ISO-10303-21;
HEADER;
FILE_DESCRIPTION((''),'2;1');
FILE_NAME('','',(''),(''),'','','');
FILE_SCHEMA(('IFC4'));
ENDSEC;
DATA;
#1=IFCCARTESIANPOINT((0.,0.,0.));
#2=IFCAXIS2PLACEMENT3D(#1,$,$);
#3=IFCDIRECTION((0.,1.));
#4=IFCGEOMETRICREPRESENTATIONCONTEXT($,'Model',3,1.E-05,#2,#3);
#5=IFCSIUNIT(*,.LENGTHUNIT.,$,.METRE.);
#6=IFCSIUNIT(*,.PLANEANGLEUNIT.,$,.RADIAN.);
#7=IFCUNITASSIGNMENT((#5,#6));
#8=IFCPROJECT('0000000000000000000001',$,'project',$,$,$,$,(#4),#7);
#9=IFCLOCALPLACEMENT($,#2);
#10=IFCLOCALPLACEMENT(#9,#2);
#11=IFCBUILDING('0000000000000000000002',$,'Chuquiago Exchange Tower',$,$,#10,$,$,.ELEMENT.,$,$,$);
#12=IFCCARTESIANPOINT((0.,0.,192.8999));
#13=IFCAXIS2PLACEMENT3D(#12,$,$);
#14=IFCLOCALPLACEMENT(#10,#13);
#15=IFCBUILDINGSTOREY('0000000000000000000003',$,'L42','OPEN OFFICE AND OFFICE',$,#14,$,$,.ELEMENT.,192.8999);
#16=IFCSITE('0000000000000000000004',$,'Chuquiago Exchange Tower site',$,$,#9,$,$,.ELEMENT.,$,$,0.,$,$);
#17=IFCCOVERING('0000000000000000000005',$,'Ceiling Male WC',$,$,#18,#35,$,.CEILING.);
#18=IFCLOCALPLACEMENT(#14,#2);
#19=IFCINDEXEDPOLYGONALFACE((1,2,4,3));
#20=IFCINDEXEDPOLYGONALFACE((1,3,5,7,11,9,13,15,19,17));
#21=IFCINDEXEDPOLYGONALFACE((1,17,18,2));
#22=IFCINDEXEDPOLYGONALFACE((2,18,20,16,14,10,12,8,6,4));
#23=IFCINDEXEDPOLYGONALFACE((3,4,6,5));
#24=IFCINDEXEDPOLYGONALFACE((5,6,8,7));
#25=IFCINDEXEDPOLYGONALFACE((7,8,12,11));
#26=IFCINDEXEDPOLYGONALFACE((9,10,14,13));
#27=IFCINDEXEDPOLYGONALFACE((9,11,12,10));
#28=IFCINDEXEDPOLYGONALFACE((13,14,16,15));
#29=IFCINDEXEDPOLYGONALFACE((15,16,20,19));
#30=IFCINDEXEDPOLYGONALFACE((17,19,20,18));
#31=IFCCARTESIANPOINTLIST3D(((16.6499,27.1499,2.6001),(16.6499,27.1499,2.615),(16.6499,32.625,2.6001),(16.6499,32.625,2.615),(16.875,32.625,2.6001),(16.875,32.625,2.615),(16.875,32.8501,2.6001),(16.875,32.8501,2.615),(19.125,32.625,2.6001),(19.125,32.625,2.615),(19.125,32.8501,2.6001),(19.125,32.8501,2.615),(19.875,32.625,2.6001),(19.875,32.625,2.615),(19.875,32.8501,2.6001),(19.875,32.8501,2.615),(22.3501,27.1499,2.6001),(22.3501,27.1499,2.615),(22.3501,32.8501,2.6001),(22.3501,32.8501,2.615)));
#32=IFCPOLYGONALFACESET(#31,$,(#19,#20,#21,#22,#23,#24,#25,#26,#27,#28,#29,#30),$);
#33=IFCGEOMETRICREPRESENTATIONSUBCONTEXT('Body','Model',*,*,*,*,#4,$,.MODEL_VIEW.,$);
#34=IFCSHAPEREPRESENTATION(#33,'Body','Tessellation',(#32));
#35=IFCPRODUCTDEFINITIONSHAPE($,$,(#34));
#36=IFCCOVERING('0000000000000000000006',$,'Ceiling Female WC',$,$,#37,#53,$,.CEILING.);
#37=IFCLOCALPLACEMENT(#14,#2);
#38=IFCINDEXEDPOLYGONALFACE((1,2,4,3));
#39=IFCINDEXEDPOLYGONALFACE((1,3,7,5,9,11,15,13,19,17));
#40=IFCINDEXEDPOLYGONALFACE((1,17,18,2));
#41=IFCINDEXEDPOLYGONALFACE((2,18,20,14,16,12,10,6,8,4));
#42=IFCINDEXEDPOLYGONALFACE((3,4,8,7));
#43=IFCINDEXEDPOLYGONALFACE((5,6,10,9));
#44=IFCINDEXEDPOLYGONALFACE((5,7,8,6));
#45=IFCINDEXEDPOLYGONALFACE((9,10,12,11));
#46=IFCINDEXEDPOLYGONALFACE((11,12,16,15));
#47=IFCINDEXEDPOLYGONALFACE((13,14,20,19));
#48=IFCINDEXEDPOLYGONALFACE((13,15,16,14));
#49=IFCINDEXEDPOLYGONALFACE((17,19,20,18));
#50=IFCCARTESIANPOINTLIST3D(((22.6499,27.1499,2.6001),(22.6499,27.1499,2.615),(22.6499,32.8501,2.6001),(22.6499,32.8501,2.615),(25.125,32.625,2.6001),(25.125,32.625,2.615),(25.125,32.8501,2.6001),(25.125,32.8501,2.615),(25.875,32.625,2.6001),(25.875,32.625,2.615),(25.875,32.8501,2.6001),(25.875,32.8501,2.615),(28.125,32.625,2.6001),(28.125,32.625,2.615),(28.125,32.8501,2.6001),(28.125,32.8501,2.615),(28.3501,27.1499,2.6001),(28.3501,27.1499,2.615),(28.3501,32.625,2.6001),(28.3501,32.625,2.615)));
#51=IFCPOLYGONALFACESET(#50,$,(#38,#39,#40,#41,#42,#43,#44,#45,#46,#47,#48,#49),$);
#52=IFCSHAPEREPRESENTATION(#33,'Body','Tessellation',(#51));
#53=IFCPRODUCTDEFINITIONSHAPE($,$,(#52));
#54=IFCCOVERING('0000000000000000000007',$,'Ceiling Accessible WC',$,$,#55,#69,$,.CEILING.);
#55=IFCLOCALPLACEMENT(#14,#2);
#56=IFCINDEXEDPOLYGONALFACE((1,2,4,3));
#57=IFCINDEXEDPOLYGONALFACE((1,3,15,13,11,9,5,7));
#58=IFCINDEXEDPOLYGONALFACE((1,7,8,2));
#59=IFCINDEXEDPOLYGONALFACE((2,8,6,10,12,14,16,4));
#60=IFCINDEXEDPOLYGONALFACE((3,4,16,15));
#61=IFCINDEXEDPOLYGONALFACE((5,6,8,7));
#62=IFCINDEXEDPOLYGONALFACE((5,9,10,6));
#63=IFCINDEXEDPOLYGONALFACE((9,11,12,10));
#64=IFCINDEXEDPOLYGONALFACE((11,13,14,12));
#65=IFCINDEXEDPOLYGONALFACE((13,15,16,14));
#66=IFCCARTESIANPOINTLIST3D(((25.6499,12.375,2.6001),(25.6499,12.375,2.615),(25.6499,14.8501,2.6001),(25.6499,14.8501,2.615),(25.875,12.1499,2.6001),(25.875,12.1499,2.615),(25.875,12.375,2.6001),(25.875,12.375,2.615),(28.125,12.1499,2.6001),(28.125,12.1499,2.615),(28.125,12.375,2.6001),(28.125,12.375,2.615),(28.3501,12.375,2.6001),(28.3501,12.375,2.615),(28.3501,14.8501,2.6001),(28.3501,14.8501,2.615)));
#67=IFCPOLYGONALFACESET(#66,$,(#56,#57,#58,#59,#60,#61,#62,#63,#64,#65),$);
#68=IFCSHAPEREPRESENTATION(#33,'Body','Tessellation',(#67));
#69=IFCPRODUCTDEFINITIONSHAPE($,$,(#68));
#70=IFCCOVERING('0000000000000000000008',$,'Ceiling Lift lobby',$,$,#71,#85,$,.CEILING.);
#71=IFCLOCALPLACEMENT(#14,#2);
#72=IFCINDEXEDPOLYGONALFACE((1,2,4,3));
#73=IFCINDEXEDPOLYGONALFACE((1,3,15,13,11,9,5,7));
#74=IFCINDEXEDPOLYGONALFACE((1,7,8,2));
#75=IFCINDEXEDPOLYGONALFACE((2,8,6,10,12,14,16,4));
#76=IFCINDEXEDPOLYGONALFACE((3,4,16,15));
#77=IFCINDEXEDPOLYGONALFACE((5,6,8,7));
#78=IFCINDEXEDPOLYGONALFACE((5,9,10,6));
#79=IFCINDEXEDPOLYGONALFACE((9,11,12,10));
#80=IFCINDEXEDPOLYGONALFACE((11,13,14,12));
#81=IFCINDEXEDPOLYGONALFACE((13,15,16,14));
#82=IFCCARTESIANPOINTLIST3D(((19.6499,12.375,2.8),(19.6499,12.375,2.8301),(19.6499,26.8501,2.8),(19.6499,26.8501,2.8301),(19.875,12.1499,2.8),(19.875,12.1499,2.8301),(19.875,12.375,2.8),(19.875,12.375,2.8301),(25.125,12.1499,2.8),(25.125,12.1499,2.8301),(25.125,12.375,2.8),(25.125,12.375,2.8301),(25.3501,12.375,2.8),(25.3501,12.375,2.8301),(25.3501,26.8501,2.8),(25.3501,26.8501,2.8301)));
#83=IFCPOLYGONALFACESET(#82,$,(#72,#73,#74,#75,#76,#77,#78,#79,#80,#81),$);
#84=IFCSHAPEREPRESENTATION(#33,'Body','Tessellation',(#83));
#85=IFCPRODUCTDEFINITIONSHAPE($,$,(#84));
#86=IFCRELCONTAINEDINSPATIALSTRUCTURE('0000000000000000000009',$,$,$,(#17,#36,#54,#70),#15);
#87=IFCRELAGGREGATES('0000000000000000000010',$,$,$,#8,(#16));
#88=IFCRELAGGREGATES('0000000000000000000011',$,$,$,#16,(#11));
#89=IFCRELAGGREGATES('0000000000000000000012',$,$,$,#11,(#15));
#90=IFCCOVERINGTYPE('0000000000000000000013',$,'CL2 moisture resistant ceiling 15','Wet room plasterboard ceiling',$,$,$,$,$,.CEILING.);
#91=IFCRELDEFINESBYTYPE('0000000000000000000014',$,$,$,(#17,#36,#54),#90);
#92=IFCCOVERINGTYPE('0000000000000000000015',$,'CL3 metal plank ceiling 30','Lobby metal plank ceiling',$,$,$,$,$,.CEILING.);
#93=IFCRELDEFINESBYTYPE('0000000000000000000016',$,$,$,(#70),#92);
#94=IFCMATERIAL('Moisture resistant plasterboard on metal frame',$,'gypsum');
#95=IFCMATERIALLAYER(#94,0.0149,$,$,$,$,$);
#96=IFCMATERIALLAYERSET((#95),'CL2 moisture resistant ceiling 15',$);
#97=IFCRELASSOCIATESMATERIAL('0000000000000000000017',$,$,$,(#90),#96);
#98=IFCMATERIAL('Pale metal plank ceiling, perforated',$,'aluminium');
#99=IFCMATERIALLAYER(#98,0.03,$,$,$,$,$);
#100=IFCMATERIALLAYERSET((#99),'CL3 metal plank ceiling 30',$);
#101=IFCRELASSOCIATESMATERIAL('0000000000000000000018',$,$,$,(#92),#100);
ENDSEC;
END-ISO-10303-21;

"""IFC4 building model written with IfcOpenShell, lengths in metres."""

from ifc_helpers import new_model, si_unit, direction, frame, origin, place, context, subcontext, project, spatial, polyline, outline, extrude, material, layer, layer_set, type_object, element, save


model = new_model("IFC4")

# Units and contexts
model_context = context("Model", 3, precision=1e-05, world=origin(), true_north=direction((0.0, 1.0)))
body_context = subcontext(model_context, "Body", "Model", "MODEL_VIEW")
ifc_project = project(units=[si_unit("LENGTHUNIT", "METRE"), si_unit("PLANEANGLEUNIT", "RADIAN")], contexts=[model_context])

# Site, building, storey
site_placement = place(None, origin())
site = spatial("IfcSite", under=ifc_project, at=site_placement, Name="Chuquiago Exchange Tower site", CompositionType="ELEMENT", RefElevation=0.0)
building_placement = place(site_placement, origin())
building = spatial("IfcBuilding", under=site, at=building_placement, Name="Chuquiago Exchange Tower", CompositionType="ELEMENT")
storey_placement = place(building_placement, frame((0.0, 0.0, 192.8999)))
storey = spatial("IfcBuildingStorey", under=building, at=storey_placement, Name="L42", Description="OPEN OFFICE AND OFFICE", CompositionType="ELEMENT", Elevation=192.8999)

# Coverings
ifc_material_1 = material(Name="Moisture resistant plasterboard on metal frame", Category="gypsum")
ifc_layer_1 = layer(ifc_material_1, 0.0149)
ifc_layer_set_1 = layer_set([ifc_layer_1], Name="CL2 moisture resistant ceiling 15")
covering_type_1 = type_object("IfcCoveringType", Name="CL2 moisture resistant ceiling 15", Description="Wet room plasterboard ceiling", PredefinedType="CEILING", material=ifc_layer_set_1)
covering_1_placement = place(storey_placement, frame((0.0, 0.0, 2.6001)))
element("IfcCovering", 1, at=covering_1_placement, inside=storey, type_object=covering_type_1, Name="Ceiling Male WC", PredefinedType="CEILING", context=body_context, shape_type="SweptSolid", body=[
    extrude(outline(polyline([(16.6499, 27.1499), (16.6499, 32.625), (16.875, 32.625), (16.875, 32.8501), (19.125, 32.8501), (19.125, 32.625), (19.875, 32.625), (19.875, 32.8501), (22.3501, 32.8501), (22.3501, 27.1499), (16.6499, 27.1499)])), origin(), (0.0, 0.0, 1.0), 0.0149),
])
covering_2_placement = place(storey_placement, frame((0.0, 0.0, 2.6001)))
element("IfcCovering", 2, at=covering_2_placement, inside=storey, type_object=covering_type_1, Name="Ceiling Female WC", PredefinedType="CEILING", context=body_context, shape_type="SweptSolid", body=[
    extrude(outline(polyline([(22.6499, 27.1499), (22.6499, 32.8501), (25.125, 32.8501), (25.125, 32.625), (25.875, 32.625), (25.875, 32.8501), (28.125, 32.8501), (28.125, 32.625), (28.3501, 32.625), (28.3501, 27.1499), (22.6499, 27.1499)])), origin(), (0.0, 0.0, 1.0), 0.0149),
])
covering_3_placement = place(storey_placement, frame((0.0, 0.0, 2.6001)))
element("IfcCovering", 3, at=covering_3_placement, inside=storey, type_object=covering_type_1, Name="Ceiling Accessible WC", PredefinedType="CEILING", context=body_context, shape_type="SweptSolid", body=[
    extrude(outline(polyline([(25.875, 12.1499), (25.875, 12.375), (25.6499, 12.375), (25.6499, 14.8501), (28.3501, 14.8501), (28.3501, 12.375), (28.125, 12.375), (28.125, 12.1499), (25.875, 12.1499)])), origin(), (0.0, 0.0, 1.0), 0.0149),
])
ifc_material_2 = material(Name="Pale metal plank ceiling, perforated", Category="aluminium")
ifc_layer_2 = layer(ifc_material_2, 0.03)
ifc_layer_set_2 = layer_set([ifc_layer_2], Name="CL3 metal plank ceiling 30")
covering_type_2 = type_object("IfcCoveringType", Name="CL3 metal plank ceiling 30", Description="Lobby metal plank ceiling", PredefinedType="CEILING", material=ifc_layer_set_2)
covering_4_placement = place(storey_placement, frame((0.0, 0.0, 2.8)))
element("IfcCovering", 4, at=covering_4_placement, inside=storey, type_object=covering_type_2, Name="Ceiling Lift lobby", PredefinedType="CEILING", context=body_context, shape_type="SweptSolid", body=[
    extrude(outline(polyline([(19.875, 12.1499), (19.875, 12.375), (19.6499, 12.375), (19.6499, 26.8501), (25.3501, 26.8501), (25.3501, 12.375), (25.125, 12.375), (25.125, 12.1499), (19.875, 12.1499)])), origin(), (0.0, 0.0, 1.0), 0.03),
])

save(model, "model.ifc")
